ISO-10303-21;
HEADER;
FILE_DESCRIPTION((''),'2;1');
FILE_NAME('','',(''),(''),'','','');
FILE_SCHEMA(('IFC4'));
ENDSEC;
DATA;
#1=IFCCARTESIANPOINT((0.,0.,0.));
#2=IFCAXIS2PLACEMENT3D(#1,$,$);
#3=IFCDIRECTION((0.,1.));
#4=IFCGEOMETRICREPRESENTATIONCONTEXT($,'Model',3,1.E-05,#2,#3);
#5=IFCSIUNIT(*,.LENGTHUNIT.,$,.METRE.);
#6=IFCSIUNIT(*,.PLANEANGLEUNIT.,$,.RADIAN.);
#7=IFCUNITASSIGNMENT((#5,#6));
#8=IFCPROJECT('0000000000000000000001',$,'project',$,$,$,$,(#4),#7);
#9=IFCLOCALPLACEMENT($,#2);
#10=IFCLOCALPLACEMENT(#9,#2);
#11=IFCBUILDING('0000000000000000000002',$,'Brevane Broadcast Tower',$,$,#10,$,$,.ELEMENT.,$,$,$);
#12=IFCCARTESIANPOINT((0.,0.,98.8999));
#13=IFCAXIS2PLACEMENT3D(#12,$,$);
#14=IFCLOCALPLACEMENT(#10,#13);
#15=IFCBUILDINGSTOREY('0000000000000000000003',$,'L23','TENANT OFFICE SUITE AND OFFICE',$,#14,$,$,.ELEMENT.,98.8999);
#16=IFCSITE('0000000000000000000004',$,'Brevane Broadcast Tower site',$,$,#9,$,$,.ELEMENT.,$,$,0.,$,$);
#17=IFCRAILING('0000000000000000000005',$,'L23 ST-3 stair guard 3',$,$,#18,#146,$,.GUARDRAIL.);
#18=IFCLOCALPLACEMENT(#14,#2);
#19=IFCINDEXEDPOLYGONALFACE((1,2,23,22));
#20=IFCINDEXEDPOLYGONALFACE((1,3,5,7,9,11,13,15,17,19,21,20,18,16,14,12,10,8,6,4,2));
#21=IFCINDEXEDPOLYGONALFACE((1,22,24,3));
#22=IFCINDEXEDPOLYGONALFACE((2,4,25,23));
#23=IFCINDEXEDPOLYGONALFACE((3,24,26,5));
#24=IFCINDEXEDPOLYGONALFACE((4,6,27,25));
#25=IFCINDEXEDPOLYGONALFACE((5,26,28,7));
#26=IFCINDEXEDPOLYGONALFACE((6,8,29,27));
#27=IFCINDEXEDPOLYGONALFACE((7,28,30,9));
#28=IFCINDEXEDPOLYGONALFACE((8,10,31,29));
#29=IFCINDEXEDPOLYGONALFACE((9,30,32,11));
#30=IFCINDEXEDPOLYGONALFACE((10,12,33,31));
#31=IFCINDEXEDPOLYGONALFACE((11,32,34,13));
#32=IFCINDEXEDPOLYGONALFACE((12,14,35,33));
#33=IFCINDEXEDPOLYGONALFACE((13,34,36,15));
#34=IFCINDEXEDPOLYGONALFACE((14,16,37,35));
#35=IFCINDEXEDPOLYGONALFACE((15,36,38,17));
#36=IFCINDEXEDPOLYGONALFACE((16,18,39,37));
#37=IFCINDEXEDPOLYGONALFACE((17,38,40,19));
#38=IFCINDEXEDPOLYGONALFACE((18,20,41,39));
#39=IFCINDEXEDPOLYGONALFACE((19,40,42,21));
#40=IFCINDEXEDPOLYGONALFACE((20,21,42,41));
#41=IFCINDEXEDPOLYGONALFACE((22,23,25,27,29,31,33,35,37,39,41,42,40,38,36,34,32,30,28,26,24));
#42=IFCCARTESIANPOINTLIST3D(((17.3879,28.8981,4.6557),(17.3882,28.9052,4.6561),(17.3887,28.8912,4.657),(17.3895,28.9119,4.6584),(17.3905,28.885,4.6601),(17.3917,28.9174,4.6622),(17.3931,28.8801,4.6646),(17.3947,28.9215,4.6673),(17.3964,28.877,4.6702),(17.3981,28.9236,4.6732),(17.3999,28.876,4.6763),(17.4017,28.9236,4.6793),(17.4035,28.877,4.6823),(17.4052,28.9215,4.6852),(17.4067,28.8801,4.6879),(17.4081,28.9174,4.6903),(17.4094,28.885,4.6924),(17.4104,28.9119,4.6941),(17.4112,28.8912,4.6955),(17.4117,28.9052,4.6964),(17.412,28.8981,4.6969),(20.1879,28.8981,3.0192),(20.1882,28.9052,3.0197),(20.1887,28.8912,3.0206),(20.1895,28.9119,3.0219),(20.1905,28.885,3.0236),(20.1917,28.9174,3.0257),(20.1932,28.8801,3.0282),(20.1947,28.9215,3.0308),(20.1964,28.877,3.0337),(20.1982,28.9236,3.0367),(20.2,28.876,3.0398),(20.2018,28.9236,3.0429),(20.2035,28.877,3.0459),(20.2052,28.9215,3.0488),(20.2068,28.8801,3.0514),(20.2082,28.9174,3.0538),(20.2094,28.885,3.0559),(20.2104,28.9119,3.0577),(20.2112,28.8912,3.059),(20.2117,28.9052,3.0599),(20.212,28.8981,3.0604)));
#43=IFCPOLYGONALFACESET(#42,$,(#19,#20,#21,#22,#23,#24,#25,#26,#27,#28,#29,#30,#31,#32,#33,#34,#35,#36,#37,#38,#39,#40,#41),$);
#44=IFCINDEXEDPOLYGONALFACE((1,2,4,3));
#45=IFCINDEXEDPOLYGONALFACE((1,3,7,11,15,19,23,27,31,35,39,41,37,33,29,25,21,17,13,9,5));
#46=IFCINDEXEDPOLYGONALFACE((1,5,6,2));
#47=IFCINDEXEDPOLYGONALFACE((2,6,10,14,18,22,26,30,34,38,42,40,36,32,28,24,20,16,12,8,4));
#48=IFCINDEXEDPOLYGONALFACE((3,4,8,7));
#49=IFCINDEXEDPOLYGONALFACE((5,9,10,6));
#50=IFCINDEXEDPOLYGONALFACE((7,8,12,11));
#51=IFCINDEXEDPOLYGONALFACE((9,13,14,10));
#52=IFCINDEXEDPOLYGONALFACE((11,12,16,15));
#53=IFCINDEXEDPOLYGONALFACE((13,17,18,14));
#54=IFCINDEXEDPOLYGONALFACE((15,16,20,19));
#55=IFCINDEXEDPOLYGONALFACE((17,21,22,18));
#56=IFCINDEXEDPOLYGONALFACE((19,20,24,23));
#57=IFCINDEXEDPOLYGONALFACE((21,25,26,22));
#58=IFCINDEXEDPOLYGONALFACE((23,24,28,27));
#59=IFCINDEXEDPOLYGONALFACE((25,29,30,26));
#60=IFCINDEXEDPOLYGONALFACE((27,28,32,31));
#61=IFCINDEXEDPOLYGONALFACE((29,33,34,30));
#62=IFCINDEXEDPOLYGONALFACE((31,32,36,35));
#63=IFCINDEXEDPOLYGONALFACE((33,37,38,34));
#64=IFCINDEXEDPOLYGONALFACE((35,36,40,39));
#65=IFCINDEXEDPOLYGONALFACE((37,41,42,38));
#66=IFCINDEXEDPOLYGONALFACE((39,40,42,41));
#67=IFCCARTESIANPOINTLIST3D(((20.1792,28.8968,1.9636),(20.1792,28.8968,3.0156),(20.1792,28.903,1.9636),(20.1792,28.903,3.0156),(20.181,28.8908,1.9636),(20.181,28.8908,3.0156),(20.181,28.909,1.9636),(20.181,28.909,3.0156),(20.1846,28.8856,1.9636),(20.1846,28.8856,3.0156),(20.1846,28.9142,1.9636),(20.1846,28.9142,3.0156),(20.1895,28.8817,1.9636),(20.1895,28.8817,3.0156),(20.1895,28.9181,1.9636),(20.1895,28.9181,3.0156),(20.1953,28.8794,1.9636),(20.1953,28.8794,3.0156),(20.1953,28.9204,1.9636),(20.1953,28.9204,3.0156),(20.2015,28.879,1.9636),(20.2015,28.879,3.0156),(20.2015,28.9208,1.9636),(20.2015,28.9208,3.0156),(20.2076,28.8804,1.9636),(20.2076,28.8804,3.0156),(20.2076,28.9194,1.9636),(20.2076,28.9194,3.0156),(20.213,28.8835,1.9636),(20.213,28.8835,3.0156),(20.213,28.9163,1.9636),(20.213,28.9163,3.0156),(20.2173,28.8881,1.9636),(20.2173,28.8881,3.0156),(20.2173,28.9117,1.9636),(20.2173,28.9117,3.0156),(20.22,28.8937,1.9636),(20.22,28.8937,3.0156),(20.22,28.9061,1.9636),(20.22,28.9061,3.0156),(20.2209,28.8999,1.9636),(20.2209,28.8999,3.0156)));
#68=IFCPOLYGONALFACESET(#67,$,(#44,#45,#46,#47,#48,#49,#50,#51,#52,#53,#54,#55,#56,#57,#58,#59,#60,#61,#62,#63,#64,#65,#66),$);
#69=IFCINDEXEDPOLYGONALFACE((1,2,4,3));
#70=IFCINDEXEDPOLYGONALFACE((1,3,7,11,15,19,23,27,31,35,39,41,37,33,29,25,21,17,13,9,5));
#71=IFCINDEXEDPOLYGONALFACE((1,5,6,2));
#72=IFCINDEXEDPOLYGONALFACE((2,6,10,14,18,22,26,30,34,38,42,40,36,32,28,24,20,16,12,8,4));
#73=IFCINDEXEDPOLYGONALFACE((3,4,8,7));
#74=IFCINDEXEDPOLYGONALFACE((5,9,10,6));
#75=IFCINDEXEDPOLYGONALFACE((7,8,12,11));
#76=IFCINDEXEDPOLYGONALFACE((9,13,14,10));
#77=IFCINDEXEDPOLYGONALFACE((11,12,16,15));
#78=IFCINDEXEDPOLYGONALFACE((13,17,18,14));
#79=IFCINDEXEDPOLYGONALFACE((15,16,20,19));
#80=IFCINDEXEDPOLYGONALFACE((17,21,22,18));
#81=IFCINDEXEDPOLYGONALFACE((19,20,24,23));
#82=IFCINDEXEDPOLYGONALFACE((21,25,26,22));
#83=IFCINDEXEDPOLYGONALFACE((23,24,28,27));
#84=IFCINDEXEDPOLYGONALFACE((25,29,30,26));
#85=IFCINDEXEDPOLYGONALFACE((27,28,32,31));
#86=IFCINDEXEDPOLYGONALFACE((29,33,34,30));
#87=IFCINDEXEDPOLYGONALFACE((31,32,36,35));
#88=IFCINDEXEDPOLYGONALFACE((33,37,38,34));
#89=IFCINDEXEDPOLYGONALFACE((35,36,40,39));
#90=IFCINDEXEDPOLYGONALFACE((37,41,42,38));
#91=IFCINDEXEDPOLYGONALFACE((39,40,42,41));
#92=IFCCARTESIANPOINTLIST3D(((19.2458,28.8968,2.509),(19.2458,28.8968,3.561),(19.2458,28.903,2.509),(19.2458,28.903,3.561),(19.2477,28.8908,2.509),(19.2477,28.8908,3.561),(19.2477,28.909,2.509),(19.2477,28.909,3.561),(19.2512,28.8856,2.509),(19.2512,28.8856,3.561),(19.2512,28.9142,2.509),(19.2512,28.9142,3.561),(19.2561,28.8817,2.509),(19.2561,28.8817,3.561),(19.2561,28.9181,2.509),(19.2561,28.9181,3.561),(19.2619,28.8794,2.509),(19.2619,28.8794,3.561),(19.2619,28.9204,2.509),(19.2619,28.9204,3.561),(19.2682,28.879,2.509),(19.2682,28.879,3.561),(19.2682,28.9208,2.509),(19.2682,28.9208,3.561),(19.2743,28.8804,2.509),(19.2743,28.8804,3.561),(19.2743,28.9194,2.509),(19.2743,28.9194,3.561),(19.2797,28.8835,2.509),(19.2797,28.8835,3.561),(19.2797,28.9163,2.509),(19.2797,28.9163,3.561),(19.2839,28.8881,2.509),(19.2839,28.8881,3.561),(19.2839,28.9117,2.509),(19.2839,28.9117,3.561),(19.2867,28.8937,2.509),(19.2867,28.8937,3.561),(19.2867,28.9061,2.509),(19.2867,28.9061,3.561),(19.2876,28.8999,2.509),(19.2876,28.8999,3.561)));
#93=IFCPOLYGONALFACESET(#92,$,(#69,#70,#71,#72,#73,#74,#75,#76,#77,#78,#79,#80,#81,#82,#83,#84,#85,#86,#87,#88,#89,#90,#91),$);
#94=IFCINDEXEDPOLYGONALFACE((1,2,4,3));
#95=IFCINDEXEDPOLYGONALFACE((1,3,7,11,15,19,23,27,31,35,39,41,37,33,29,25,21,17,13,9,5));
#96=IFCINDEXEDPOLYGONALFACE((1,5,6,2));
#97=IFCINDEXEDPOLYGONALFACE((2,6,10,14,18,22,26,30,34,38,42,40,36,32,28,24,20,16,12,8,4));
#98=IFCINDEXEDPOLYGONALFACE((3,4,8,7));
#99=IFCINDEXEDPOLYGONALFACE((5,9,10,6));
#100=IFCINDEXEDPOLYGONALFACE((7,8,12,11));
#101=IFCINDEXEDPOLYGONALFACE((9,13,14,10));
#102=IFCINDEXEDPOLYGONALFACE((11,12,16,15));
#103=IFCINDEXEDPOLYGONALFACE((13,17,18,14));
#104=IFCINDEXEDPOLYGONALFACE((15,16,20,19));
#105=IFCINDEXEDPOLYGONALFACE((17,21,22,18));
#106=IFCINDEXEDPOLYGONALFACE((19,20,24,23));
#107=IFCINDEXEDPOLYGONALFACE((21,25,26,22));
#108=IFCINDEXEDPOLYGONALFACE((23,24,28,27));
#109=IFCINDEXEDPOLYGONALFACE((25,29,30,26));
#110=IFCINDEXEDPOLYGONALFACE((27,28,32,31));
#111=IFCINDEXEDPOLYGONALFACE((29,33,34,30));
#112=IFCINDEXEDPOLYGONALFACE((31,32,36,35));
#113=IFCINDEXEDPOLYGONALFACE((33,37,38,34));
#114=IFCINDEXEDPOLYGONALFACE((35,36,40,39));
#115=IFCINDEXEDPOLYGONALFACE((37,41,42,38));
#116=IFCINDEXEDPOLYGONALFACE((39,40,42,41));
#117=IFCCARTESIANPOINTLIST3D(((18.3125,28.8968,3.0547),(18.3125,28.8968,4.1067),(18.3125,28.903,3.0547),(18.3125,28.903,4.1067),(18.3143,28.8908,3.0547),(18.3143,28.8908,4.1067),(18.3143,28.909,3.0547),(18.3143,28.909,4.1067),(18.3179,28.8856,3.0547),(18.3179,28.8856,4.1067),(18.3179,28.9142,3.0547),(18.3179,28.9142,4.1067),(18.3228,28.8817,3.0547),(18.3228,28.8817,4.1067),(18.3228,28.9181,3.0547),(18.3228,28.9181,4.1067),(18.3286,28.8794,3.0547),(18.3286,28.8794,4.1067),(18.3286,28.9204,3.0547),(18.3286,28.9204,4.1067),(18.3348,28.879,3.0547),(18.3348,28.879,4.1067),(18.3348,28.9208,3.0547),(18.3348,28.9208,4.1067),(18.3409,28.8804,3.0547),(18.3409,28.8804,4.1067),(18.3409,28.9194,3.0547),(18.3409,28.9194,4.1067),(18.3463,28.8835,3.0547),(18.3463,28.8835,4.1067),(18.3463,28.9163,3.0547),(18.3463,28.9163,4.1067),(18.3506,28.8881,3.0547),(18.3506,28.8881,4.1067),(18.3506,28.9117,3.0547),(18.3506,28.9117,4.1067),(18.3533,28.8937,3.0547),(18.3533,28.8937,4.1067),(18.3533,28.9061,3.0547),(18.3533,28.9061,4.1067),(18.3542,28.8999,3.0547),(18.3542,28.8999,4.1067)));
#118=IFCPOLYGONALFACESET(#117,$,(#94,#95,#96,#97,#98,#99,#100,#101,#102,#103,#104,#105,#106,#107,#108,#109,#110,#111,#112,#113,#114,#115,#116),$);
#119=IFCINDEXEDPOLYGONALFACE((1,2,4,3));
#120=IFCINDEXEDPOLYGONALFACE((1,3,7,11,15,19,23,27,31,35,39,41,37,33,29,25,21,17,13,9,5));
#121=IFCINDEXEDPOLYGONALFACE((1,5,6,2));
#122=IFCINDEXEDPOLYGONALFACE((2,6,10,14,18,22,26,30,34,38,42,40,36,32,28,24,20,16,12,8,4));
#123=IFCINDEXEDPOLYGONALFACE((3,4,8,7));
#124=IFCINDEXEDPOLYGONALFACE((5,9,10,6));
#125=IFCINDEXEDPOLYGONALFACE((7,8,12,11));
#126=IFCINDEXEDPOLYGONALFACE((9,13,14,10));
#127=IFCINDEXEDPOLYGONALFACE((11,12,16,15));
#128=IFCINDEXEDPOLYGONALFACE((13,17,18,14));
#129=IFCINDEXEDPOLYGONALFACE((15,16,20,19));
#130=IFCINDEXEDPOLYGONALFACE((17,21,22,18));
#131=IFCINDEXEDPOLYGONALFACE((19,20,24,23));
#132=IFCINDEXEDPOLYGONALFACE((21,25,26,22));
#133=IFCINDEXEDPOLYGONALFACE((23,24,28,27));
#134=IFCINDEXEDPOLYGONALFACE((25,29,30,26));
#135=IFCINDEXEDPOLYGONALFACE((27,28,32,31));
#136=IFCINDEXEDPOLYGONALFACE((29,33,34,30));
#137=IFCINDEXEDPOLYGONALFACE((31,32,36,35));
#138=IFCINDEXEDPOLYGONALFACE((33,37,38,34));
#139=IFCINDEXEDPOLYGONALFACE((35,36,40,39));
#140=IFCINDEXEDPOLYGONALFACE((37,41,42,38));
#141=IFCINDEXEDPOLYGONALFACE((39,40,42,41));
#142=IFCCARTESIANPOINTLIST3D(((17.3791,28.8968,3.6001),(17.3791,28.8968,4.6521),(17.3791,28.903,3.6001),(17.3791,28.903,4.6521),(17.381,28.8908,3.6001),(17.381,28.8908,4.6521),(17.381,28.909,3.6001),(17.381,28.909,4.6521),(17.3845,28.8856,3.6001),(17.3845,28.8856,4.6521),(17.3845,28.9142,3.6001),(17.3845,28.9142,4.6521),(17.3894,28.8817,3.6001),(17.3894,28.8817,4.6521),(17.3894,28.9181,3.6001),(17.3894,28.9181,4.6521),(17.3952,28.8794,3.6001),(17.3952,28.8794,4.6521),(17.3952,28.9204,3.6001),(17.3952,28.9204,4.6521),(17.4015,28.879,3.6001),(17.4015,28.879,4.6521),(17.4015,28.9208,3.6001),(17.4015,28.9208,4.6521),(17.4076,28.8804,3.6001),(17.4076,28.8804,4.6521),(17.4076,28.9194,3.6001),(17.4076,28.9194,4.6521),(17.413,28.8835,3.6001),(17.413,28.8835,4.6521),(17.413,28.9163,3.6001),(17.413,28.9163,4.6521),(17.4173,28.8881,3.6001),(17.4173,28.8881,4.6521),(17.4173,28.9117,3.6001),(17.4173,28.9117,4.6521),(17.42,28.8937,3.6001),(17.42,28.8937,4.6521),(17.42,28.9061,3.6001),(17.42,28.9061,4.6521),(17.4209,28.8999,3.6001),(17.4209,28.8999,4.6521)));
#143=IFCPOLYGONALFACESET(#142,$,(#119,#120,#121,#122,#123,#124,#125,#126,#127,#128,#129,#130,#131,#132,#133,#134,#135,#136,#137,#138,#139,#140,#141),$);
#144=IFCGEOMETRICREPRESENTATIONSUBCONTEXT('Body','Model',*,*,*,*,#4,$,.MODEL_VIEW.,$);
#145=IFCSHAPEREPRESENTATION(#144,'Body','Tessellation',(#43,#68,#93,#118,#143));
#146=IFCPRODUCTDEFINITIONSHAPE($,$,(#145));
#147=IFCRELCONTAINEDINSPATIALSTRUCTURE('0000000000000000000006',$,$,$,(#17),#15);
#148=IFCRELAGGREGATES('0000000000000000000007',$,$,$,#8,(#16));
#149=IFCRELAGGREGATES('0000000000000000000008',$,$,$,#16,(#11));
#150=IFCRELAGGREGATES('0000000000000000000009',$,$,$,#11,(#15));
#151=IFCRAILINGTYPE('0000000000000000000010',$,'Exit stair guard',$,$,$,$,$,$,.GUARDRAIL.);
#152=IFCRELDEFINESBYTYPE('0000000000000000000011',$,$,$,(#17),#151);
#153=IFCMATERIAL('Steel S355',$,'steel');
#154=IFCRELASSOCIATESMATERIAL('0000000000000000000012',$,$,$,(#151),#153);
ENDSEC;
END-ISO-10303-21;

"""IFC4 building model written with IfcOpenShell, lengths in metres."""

from ifc_helpers import new_model, si_unit, direction, frame, origin, origin_2d, place, context, subcontext, project, spatial, circle, extrude, material, type_object, element, save


model = new_model("IFC4")

# Units and contexts
model_context = context("Model", 3, precision=1e-05, world=origin(), true_north=direction((0.0, 1.0)))
body_context = subcontext(model_context, "Body", "Model", "MODEL_VIEW")
ifc_project = project(units=[si_unit("LENGTHUNIT", "METRE"), si_unit("PLANEANGLEUNIT", "RADIAN")], contexts=[model_context])

# Site, building, storey
site_placement = place(None, origin())
site = spatial("IfcSite", under=ifc_project, at=site_placement, Name="Brevane Broadcast Tower site", CompositionType="ELEMENT", RefElevation=0.0)
building_placement = place(site_placement, origin())
building = spatial("IfcBuilding", under=site, at=building_placement, Name="Brevane Broadcast Tower", CompositionType="ELEMENT")
storey_placement = place(building_placement, frame((0.0, 0.0, 98.8999)))
storey = spatial("IfcBuildingStorey", under=building, at=storey_placement, Name="L23", Description="TENANT OFFICE SUITE AND OFFICE", CompositionType="ELEMENT", Elevation=98.8999)

# Railing
ifc_material_1 = material(Name="Steel S355", Category="steel")
railing_type_1 = type_object("IfcRailingType", Name="Exit stair guard", PredefinedType="GUARDRAIL", material=ifc_material_1)
railing_1_placement = place(storey_placement, frame((20.2, 28.8999, 1.9636)))
element("IfcRailing", 1, at=railing_1_placement, inside=storey, type_object=railing_type_1, Name="L23 ST-3 stair guard 3", PredefinedType="GUARDRAIL", context=body_context, shape_type="SweptSolid", body=[
    extrude(circle(Radius=0.0239, at=origin_2d()), frame((0.0, 0.0, 1.0762), z_axis=(-0.863361, 0.0, 0.504587), x_axis=(0.0, -1.0, 0.0)), (0.0, 0.0, 1.0), 3.2432),
    extrude(circle(Radius=0.021, at=origin_2d()), origin(), (0.0, 0.0, 1.0), 1.052),
    extrude(circle(Radius=0.021, at=origin_2d()), frame((-0.9333, 0.0, 0.5454)), (0.0, 0.0, 1.0), 1.052),
    extrude(circle(Radius=0.021, at=origin_2d()), frame((-1.8667, 0.0, 1.0911)), (0.0, 0.0, 1.0), 1.052),
    extrude(circle(Radius=0.021, at=origin_2d()), frame((-2.8, 0.0, 1.6365)), (0.0, 0.0, 1.0), 1.052),
])

save(model, "model.ifc")
